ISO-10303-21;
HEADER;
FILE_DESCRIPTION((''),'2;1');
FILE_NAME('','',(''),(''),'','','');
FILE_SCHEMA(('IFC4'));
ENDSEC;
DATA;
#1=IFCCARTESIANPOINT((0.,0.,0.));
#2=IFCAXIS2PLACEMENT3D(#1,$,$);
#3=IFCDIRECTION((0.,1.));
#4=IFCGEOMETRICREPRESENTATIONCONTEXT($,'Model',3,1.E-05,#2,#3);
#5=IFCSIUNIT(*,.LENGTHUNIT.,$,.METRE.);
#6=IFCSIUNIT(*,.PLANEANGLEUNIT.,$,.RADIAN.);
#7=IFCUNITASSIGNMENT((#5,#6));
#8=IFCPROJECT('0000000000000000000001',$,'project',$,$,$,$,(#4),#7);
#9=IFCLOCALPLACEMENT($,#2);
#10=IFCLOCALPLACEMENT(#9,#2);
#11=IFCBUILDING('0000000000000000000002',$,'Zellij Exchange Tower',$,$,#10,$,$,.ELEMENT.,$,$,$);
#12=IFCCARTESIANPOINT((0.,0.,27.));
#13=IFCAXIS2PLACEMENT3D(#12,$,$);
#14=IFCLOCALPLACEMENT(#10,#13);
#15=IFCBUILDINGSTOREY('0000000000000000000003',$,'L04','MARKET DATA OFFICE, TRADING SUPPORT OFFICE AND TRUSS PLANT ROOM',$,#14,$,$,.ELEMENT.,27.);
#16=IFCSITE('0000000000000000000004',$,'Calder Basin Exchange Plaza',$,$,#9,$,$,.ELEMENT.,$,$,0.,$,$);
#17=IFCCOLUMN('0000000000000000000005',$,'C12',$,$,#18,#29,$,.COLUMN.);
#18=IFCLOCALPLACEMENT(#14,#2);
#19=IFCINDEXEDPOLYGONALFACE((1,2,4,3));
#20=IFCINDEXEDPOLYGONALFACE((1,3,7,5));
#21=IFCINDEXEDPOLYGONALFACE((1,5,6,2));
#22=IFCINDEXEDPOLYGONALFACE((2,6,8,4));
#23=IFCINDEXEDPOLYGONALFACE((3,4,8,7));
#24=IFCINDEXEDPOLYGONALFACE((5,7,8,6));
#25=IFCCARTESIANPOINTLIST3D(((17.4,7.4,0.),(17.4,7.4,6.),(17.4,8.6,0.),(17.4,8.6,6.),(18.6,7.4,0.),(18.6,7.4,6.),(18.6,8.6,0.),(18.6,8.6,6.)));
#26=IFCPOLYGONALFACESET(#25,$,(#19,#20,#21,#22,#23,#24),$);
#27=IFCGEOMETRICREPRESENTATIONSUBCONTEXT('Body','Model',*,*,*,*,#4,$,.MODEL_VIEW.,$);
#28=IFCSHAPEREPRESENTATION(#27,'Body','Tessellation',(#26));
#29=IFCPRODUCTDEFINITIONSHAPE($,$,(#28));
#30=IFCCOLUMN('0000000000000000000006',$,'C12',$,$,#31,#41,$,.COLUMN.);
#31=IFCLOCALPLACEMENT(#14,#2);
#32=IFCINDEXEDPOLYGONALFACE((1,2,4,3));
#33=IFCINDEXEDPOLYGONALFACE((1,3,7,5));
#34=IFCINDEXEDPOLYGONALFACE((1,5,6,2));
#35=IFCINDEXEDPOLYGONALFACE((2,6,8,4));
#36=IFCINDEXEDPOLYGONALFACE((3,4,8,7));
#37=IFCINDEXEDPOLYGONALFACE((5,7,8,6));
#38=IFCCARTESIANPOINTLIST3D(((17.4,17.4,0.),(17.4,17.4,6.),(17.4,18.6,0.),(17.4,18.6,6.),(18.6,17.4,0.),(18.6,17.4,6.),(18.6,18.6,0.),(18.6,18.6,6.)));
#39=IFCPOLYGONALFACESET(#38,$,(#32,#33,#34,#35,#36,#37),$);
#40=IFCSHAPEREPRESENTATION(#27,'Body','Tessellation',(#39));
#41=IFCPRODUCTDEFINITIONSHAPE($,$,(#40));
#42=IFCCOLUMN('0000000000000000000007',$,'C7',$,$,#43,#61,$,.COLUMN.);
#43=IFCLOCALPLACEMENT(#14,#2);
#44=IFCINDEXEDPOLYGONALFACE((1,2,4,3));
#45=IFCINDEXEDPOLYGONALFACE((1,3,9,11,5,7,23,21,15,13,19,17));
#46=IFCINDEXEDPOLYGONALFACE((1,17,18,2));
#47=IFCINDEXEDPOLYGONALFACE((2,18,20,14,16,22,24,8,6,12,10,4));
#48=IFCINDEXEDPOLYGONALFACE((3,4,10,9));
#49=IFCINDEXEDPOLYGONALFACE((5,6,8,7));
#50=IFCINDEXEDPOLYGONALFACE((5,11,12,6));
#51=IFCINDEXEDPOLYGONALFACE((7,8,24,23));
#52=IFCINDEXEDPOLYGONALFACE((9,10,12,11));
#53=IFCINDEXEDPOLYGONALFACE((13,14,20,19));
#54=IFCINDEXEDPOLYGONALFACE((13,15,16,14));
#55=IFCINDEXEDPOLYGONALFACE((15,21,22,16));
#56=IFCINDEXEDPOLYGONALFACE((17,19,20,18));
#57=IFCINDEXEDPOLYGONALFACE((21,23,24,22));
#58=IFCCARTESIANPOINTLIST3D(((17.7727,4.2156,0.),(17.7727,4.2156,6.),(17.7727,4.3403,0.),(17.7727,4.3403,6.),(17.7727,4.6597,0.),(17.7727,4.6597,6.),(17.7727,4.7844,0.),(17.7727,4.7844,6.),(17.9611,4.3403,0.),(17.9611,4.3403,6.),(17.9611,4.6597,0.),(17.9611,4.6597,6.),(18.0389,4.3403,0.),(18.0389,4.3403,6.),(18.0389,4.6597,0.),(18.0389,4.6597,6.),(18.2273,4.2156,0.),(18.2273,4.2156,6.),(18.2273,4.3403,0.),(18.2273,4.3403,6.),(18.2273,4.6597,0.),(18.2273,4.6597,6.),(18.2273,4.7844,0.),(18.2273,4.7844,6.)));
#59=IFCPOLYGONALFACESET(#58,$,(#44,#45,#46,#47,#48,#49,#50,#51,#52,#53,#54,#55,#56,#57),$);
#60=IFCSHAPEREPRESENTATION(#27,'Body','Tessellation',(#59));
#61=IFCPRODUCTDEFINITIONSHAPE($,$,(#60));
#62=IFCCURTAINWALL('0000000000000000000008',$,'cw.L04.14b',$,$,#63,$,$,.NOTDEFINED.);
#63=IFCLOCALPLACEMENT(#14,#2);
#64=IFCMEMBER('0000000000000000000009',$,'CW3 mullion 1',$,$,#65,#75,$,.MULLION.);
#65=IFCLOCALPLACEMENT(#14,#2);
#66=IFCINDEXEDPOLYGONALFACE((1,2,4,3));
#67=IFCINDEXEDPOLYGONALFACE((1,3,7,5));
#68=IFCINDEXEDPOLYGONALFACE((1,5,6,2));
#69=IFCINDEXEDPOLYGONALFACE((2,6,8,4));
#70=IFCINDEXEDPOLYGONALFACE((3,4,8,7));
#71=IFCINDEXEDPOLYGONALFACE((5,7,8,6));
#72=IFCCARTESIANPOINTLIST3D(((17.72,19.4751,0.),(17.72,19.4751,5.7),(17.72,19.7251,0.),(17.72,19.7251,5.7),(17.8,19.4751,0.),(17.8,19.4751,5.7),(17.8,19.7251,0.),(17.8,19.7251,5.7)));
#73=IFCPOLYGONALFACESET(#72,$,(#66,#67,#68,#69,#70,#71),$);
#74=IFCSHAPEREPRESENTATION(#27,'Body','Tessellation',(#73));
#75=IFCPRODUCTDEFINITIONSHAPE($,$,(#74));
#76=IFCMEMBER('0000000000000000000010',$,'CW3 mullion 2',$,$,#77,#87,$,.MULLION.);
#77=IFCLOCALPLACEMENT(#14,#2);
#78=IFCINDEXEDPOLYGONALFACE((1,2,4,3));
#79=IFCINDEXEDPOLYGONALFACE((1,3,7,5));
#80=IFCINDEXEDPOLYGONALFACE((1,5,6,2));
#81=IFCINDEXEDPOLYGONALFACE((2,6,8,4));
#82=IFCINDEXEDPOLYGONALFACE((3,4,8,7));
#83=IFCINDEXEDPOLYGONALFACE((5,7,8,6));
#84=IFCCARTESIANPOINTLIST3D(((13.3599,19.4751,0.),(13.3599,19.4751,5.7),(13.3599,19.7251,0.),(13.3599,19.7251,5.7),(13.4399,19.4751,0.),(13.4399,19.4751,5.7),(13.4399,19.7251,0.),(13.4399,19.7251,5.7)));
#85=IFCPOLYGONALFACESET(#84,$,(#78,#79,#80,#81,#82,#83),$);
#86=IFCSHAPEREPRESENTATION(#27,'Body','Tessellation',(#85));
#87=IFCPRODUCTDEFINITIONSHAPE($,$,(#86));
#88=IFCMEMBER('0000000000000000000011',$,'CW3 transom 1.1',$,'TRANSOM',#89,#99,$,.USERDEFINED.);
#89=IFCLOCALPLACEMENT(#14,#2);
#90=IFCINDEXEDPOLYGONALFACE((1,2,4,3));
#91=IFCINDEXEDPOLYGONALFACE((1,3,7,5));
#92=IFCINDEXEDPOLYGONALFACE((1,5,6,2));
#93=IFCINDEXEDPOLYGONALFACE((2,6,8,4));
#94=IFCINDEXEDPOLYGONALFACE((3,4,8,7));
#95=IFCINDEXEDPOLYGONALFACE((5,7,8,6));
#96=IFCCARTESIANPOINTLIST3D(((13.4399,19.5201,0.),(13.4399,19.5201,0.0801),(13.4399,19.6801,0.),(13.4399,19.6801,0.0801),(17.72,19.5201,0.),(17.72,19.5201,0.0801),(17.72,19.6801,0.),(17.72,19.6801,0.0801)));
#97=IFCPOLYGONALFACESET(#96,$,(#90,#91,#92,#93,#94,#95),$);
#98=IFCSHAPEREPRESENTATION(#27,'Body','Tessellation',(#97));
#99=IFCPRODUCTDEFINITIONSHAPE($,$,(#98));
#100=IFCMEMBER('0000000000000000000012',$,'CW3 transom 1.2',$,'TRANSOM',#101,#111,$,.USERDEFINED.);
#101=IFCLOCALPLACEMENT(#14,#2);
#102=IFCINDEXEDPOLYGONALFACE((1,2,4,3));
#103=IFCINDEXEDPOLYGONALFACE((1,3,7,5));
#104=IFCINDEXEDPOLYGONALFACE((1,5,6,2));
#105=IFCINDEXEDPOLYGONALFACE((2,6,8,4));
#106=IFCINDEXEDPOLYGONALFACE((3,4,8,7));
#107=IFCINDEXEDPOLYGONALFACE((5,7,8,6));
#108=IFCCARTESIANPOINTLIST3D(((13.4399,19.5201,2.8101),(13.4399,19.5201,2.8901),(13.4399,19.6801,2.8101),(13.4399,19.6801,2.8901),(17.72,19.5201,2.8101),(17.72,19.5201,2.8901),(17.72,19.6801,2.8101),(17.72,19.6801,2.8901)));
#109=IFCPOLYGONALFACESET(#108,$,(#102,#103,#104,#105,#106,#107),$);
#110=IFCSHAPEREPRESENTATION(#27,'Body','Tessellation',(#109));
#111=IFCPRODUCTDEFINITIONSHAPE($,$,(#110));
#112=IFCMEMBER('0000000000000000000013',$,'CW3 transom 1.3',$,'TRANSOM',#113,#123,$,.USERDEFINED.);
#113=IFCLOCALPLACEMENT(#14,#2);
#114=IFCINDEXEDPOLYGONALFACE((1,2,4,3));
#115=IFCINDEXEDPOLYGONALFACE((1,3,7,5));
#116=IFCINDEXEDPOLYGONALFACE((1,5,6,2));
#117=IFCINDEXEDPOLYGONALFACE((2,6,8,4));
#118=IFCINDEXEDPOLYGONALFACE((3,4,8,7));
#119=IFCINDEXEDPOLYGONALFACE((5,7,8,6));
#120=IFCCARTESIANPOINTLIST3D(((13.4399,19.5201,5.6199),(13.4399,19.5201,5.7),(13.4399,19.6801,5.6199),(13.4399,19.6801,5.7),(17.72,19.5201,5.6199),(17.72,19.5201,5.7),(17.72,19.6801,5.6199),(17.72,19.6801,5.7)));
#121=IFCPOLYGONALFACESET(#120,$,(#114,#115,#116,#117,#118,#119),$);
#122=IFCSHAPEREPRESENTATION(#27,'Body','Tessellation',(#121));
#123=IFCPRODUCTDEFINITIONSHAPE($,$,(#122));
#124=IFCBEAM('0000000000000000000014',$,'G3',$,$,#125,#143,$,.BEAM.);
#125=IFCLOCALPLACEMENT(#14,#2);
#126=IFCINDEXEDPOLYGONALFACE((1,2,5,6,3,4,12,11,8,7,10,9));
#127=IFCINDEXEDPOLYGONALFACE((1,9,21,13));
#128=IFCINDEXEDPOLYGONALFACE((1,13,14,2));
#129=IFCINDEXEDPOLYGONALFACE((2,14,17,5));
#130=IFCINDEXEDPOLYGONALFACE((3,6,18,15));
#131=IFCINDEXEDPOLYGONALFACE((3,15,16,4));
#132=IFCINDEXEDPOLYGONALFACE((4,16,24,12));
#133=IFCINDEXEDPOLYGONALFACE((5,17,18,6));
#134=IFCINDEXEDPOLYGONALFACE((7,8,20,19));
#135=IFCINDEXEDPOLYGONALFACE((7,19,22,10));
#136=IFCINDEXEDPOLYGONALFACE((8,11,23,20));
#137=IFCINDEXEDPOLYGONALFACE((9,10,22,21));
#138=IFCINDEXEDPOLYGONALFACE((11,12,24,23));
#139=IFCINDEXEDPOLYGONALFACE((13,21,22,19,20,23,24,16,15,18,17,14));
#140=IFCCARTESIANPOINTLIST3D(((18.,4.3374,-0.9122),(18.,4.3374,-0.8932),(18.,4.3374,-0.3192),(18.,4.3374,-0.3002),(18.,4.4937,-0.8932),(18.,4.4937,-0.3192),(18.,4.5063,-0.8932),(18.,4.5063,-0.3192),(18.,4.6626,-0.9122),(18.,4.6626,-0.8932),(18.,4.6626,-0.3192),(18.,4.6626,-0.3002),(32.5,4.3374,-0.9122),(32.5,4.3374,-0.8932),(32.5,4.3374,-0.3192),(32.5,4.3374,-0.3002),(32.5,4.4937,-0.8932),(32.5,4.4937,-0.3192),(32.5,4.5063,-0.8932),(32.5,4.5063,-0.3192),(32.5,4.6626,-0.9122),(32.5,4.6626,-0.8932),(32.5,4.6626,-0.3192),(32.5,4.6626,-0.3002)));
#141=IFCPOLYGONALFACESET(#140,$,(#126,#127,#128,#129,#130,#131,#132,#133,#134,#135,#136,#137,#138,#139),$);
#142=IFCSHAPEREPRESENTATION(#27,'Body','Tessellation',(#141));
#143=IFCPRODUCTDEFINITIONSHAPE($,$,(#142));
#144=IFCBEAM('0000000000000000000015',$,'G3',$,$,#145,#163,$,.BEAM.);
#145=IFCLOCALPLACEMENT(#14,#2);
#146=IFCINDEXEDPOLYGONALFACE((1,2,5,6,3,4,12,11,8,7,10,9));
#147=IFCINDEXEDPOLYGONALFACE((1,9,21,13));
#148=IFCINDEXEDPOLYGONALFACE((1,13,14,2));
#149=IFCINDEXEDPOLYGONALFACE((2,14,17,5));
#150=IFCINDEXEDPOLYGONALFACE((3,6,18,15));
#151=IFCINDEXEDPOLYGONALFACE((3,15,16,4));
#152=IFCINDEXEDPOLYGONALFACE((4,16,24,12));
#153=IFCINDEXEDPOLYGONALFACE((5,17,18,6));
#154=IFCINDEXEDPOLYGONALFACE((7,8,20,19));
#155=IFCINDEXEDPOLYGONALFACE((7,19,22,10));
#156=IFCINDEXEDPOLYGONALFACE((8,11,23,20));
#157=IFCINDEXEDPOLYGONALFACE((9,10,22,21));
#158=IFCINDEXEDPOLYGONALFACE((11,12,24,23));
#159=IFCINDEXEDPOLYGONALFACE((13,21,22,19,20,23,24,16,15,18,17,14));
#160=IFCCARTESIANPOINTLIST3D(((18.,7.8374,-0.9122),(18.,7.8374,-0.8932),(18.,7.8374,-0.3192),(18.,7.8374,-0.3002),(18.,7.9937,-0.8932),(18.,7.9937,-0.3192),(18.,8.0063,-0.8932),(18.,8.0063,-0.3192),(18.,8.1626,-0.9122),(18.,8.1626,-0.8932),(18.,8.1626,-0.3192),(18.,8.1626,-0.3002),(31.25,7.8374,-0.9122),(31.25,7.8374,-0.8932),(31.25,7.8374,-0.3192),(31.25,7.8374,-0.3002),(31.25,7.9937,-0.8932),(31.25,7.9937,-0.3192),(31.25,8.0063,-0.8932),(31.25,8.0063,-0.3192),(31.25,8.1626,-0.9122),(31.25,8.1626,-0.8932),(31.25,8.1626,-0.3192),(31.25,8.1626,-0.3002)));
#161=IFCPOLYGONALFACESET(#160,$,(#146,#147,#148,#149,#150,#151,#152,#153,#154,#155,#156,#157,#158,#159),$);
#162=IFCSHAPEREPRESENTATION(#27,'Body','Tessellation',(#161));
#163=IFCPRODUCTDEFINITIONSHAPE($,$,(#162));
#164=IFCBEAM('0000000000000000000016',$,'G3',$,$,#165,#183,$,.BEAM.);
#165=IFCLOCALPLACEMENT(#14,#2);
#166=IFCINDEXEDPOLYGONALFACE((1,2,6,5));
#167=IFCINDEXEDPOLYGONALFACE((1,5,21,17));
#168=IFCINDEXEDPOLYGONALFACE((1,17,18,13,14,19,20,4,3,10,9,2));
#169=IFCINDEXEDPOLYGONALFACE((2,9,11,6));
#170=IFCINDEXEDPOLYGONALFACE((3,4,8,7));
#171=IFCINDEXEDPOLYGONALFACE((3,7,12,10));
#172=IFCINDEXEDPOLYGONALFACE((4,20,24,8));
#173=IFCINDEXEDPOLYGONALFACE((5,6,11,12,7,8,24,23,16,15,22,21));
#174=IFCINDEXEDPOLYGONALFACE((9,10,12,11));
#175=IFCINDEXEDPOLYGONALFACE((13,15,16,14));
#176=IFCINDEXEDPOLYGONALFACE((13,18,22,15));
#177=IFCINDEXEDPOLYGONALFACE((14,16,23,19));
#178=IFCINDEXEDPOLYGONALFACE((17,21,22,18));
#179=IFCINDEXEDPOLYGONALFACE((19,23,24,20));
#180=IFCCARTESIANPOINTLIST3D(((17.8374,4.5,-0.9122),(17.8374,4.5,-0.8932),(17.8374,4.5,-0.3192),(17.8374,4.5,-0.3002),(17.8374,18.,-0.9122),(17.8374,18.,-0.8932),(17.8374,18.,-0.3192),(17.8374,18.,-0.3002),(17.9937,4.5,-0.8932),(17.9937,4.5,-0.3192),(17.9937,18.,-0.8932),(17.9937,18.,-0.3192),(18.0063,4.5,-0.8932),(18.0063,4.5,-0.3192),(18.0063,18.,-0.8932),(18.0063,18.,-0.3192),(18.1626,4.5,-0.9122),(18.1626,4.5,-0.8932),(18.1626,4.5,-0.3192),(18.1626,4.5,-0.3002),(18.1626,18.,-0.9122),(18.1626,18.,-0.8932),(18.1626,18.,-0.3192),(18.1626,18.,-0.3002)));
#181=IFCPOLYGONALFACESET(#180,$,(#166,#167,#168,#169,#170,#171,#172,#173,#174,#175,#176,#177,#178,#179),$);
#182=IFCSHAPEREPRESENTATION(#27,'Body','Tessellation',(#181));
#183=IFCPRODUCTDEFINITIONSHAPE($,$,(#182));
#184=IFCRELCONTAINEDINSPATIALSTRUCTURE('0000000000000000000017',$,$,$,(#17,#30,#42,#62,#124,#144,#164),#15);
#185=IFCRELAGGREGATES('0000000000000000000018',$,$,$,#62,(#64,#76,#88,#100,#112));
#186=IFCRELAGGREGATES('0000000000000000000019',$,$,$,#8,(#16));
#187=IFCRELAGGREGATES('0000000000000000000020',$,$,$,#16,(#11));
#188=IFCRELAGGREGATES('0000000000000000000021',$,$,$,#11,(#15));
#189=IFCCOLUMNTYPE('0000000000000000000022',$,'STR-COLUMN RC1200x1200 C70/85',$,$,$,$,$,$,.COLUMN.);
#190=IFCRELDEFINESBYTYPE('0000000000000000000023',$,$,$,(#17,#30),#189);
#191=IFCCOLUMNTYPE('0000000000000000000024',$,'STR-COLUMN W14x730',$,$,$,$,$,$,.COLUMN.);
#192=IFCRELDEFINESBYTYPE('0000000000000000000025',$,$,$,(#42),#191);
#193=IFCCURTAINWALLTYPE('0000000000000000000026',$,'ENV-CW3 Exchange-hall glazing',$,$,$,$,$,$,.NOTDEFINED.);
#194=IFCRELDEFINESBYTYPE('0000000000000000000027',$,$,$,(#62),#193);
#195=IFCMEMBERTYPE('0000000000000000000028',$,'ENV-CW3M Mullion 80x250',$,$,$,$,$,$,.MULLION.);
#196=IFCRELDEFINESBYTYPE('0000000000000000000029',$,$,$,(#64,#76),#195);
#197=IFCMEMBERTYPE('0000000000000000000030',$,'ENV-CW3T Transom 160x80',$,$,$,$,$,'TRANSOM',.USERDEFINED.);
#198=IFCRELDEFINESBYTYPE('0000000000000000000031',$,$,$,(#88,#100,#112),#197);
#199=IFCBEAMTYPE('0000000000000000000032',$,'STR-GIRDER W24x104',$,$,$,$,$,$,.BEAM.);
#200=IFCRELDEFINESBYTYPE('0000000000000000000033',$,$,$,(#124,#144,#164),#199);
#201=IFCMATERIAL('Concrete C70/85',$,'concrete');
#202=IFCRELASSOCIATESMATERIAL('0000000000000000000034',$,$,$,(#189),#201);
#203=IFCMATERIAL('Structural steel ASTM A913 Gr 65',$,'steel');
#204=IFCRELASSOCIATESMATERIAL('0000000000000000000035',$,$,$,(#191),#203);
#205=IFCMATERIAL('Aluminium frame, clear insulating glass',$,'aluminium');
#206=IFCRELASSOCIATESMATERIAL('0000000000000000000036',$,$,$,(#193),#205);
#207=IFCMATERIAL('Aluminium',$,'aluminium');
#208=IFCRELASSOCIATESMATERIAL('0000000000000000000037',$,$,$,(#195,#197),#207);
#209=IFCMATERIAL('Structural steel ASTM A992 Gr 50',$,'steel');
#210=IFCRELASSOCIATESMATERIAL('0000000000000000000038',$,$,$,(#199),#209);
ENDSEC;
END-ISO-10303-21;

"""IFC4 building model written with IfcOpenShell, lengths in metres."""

from ifc_helpers import new_model, si_unit, direction, frame, origin, origin_2d, place, context, subcontext, project, spatial, rectangle, i_section, extrude, material, material_profile, profile_set, type_object, element, aggregate, save


model = new_model("IFC4")

# Units and contexts
model_context = context("Model", 3, precision=1e-05, world=origin(), true_north=direction((0.0, 1.0)))
body_context = subcontext(model_context, "Body", "Model", "MODEL_VIEW")
ifc_project = project(units=[si_unit("LENGTHUNIT", "METRE"), si_unit("PLANEANGLEUNIT", "RADIAN")], contexts=[model_context])

# Site, building, storey
site_placement = place(None, origin())
site = spatial("IfcSite", under=ifc_project, at=site_placement, Name="Calder Basin Exchange Plaza", CompositionType="ELEMENT", RefElevation=0.0)
building_placement = place(site_placement, origin())
building = spatial("IfcBuilding", under=site, at=building_placement, Name="Zellij Exchange Tower", CompositionType="ELEMENT")
storey_placement = place(building_placement, frame((0.0, 0.0, 27.0)))
storey = spatial("IfcBuildingStorey", under=building, at=storey_placement, Name="L04", Description="MARKET DATA OFFICE, TRADING SUPPORT OFFICE AND TRUSS PLANT ROOM", CompositionType="ELEMENT", Elevation=27.0)

# Columns
ifc_material_1 = material(Name="Concrete C70/85", Category="concrete")
ifc_material_profile_1 = material_profile(ifc_material_1, rectangle(XDim=1.2, YDim=1.2, at=origin_2d()), Name="STR-COLUMN RC1200x1200 C70/85")
ifc_profile_set_1 = profile_set([ifc_material_profile_1], Name="Concrete C70/85")
column_type_1 = type_object("IfcColumnType", Name="STR-COLUMN RC1200x1200 C70/85", PredefinedType="COLUMN", material=ifc_profile_set_1)
for number, where, z_axis, x_axis, name in (
    (1, (18.0, 8.0, 0.0), (0.0, 0.0, 1.0), (1.0, 0.0, 0.0), "C12"),
    (2, (18.0, 18.0, 0.0), (0.0, 0.0, 1.0), (1.0, 0.0, 0.0), "C12"),
):
    element("IfcColumn", number, at=place(storey_placement, frame(where, z_axis=z_axis, x_axis=x_axis)), inside=storey, type_object=column_type_1, Name=name, PredefinedType="COLUMN", context=body_context, shape_type="SweptSolid", body=[
        extrude(rectangle(XDim=1.2, YDim=1.2, at=origin_2d()), origin(), (0.0, 0.0, 1.0), 6.0),
    ])
ifc_material_2 = material(Name="Structural steel ASTM A913 Gr 65", Category="steel")
ifc_material_profile_2 = material_profile(ifc_material_2, i_section(OverallWidth=0.4546, OverallDepth=0.5688, WebThickness=0.0779, FlangeThickness=0.1248, at=origin_2d()), Name="W14x730")
ifc_profile_set_2 = profile_set([ifc_material_profile_2], Name="Structural steel ASTM A913 Gr 65")
column_type_2 = type_object("IfcColumnType", Name="STR-COLUMN W14x730", PredefinedType="COLUMN", material=ifc_profile_set_2)
column_placement = place(storey_placement, frame((18.0, 4.5, 0.0), z_axis=(0.0, 0.0, 1.0), x_axis=(1.0, 0.0, 0.0)))
element("IfcColumn", 3, at=column_placement, inside=storey, type_object=column_type_2, Name="C7", PredefinedType="COLUMN", context=body_context, shape_type="SweptSolid", body=[
    extrude(i_section(OverallWidth=0.4546, OverallDepth=0.5688, WebThickness=0.0779, FlangeThickness=0.1248, at=origin_2d()), origin(), (0.0, 0.0, 1.0), 6.0),
])

# Curtain wall, members
ifc_material_3 = material(Name="Aluminium frame, clear insulating glass", Category="aluminium")
curtain_wall_type = type_object("IfcCurtainWallType", Name="ENV-CW3 Exchange-hall glazing", PredefinedType="NOTDEFINED", material=ifc_material_3)
curtain_wall_placement = place(storey_placement, origin())
curtain_wall = element("IfcCurtainWall", 4, at=curtain_wall_placement, inside=storey, type_object=curtain_wall_type, Name="cw.L04.14b", PredefinedType="NOTDEFINED")
ifc_material_4 = material(Name="Aluminium", Category="aluminium")
ifc_material_profile_3 = material_profile(ifc_material_4, rectangle(XDim=0.0801, YDim=0.25, at=origin_2d()), Name="AL 80x250")
ifc_profile_set_3 = profile_set([ifc_material_profile_3], Name="Aluminium")
member_type_1 = type_object("IfcMemberType", Name="ENV-CW3M Mullion 80x250", PredefinedType="MULLION", material=ifc_profile_set_3)
member_1_placement = place(storey_placement, frame((17.76, 19.6001, 0.0), z_axis=(0.0, 0.0, 1.0), x_axis=(-1.0, 0.0, 0.0)))
member_1 = element("IfcMember", 5, at=member_1_placement, type_object=member_type_1, Name="CW3 mullion 1", PredefinedType="MULLION", context=body_context, shape_type="SweptSolid", body=[
    extrude(rectangle(XDim=0.0801, YDim=0.25, at=origin_2d()), origin(), (0.0, 0.0, 1.0), 5.7),
])
member_2_placement = place(storey_placement, frame((13.3999, 19.6001, 0.0), z_axis=(0.0, 0.0, 1.0), x_axis=(-1.0, 0.0, 0.0)))
member_2 = element("IfcMember", 6, at=member_2_placement, type_object=member_type_1, Name="CW3 mullion 2", PredefinedType="MULLION", context=body_context, shape_type="SweptSolid", body=[
    extrude(rectangle(XDim=0.0801, YDim=0.25, at=origin_2d()), origin(), (0.0, 0.0, 1.0), 5.7),
])
ifc_material_profile_4 = material_profile(ifc_material_4, rectangle(XDim=0.1599, YDim=0.0801, at=origin_2d()), Name="AL 160x80")
ifc_profile_set_4 = profile_set([ifc_material_profile_4], Name="Aluminium")
member_type_2 = type_object("IfcMemberType", Name="ENV-CW3T Transom 160x80", ElementType="TRANSOM", PredefinedType="USERDEFINED", material=ifc_profile_set_4)
member_3_placement = place(storey_placement, frame((17.72, 19.6001, 0.04), z_axis=(-1.0, 0.0, 0.0), x_axis=(0.0, -1.0, 0.0)))
member_3 = element("IfcMember", 7, at=member_3_placement, type_object=member_type_2, Name="CW3 transom 1.1", ObjectType="TRANSOM", PredefinedType="USERDEFINED", context=body_context, shape_type="SweptSolid", body=[
    extrude(rectangle(XDim=0.1599, YDim=0.0801, at=origin_2d()), origin(), (0.0, 0.0, 1.0), 4.28),
])
member_4_placement = place(storey_placement, frame((17.72, 19.6001, 2.8501), z_axis=(-1.0, 0.0, 0.0), x_axis=(0.0, -1.0, 0.0)))
member_4 = element("IfcMember", 8, at=member_4_placement, type_object=member_type_2, Name="CW3 transom 1.2", ObjectType="TRANSOM", PredefinedType="USERDEFINED", context=body_context, shape_type="SweptSolid", body=[
    extrude(rectangle(XDim=0.1599, YDim=0.0801, at=origin_2d()), origin(), (0.0, 0.0, 1.0), 4.28),
])
member_5_placement = place(storey_placement, frame((17.72, 19.6001, 5.6599), z_axis=(-1.0, 0.0, 0.0), x_axis=(0.0, -1.0, 0.0)))
member_5 = element("IfcMember", 9, at=member_5_placement, type_object=member_type_2, Name="CW3 transom 1.3", ObjectType="TRANSOM", PredefinedType="USERDEFINED", context=body_context, shape_type="SweptSolid", body=[
    extrude(rectangle(XDim=0.1599, YDim=0.0801, at=origin_2d()), origin(), (0.0, 0.0, 1.0), 4.28),
])

# Beams
ifc_material_5 = material(Name="Structural steel ASTM A992 Gr 50", Category="steel")
ifc_material_profile_5 = material_profile(ifc_material_5, i_section(OverallWidth=0.3252, OverallDepth=0.6121, WebThickness=0.0127, FlangeThickness=0.019, at=origin_2d()), Name="W24x104")
ifc_profile_set_5 = profile_set([ifc_material_profile_5], Name="Structural steel ASTM A992 Gr 50")
beam_type = type_object("IfcBeamType", Name="STR-GIRDER W24x104", PredefinedType="BEAM", material=ifc_profile_set_5)
beam_1_placement = place(storey_placement, frame((18.0, 4.5, -0.6062), z_axis=(1.0, 0.0, 0.0), x_axis=(0.0, 1.0, 0.0)))
element("IfcBeam", 10, at=beam_1_placement, inside=storey, type_object=beam_type, Name="G3", PredefinedType="BEAM", context=body_context, shape_type="SweptSolid", body=[
    extrude(i_section(OverallWidth=0.3252, OverallDepth=0.6121, WebThickness=0.0127, FlangeThickness=0.019, at=origin_2d()), origin(), (0.0, 0.0, 1.0), 14.5),
])
beam_2_placement = place(storey_placement, frame((18.0, 8.0, -0.6062), z_axis=(1.0, 0.0, 0.0), x_axis=(0.0, 1.0, 0.0)))
element("IfcBeam", 11, at=beam_2_placement, inside=storey, type_object=beam_type, Name="G3", PredefinedType="BEAM", context=body_context, shape_type="SweptSolid", body=[
    extrude(i_section(OverallWidth=0.3252, OverallDepth=0.6121, WebThickness=0.0127, FlangeThickness=0.019, at=origin_2d()), origin(), (0.0, 0.0, 1.0), 13.25),
])
beam_3_placement = place(storey_placement, frame((18.0, 4.5, -0.6062), z_axis=(0.0, 1.0, 0.0), x_axis=(-1.0, 0.0, 0.0)))
element("IfcBeam", 12, at=beam_3_placement, inside=storey, type_object=beam_type, Name="G3", PredefinedType="BEAM", context=body_context, shape_type="SweptSolid", body=[
    extrude(i_section(OverallWidth=0.3252, OverallDepth=0.6121, WebThickness=0.0127, FlangeThickness=0.019, at=origin_2d()), origin(), (0.0, 0.0, 1.0), 13.5),
])

aggregate(curtain_wall, [member_1, member_2, member_3, member_4, member_5])

save(model, "model.ifc")
